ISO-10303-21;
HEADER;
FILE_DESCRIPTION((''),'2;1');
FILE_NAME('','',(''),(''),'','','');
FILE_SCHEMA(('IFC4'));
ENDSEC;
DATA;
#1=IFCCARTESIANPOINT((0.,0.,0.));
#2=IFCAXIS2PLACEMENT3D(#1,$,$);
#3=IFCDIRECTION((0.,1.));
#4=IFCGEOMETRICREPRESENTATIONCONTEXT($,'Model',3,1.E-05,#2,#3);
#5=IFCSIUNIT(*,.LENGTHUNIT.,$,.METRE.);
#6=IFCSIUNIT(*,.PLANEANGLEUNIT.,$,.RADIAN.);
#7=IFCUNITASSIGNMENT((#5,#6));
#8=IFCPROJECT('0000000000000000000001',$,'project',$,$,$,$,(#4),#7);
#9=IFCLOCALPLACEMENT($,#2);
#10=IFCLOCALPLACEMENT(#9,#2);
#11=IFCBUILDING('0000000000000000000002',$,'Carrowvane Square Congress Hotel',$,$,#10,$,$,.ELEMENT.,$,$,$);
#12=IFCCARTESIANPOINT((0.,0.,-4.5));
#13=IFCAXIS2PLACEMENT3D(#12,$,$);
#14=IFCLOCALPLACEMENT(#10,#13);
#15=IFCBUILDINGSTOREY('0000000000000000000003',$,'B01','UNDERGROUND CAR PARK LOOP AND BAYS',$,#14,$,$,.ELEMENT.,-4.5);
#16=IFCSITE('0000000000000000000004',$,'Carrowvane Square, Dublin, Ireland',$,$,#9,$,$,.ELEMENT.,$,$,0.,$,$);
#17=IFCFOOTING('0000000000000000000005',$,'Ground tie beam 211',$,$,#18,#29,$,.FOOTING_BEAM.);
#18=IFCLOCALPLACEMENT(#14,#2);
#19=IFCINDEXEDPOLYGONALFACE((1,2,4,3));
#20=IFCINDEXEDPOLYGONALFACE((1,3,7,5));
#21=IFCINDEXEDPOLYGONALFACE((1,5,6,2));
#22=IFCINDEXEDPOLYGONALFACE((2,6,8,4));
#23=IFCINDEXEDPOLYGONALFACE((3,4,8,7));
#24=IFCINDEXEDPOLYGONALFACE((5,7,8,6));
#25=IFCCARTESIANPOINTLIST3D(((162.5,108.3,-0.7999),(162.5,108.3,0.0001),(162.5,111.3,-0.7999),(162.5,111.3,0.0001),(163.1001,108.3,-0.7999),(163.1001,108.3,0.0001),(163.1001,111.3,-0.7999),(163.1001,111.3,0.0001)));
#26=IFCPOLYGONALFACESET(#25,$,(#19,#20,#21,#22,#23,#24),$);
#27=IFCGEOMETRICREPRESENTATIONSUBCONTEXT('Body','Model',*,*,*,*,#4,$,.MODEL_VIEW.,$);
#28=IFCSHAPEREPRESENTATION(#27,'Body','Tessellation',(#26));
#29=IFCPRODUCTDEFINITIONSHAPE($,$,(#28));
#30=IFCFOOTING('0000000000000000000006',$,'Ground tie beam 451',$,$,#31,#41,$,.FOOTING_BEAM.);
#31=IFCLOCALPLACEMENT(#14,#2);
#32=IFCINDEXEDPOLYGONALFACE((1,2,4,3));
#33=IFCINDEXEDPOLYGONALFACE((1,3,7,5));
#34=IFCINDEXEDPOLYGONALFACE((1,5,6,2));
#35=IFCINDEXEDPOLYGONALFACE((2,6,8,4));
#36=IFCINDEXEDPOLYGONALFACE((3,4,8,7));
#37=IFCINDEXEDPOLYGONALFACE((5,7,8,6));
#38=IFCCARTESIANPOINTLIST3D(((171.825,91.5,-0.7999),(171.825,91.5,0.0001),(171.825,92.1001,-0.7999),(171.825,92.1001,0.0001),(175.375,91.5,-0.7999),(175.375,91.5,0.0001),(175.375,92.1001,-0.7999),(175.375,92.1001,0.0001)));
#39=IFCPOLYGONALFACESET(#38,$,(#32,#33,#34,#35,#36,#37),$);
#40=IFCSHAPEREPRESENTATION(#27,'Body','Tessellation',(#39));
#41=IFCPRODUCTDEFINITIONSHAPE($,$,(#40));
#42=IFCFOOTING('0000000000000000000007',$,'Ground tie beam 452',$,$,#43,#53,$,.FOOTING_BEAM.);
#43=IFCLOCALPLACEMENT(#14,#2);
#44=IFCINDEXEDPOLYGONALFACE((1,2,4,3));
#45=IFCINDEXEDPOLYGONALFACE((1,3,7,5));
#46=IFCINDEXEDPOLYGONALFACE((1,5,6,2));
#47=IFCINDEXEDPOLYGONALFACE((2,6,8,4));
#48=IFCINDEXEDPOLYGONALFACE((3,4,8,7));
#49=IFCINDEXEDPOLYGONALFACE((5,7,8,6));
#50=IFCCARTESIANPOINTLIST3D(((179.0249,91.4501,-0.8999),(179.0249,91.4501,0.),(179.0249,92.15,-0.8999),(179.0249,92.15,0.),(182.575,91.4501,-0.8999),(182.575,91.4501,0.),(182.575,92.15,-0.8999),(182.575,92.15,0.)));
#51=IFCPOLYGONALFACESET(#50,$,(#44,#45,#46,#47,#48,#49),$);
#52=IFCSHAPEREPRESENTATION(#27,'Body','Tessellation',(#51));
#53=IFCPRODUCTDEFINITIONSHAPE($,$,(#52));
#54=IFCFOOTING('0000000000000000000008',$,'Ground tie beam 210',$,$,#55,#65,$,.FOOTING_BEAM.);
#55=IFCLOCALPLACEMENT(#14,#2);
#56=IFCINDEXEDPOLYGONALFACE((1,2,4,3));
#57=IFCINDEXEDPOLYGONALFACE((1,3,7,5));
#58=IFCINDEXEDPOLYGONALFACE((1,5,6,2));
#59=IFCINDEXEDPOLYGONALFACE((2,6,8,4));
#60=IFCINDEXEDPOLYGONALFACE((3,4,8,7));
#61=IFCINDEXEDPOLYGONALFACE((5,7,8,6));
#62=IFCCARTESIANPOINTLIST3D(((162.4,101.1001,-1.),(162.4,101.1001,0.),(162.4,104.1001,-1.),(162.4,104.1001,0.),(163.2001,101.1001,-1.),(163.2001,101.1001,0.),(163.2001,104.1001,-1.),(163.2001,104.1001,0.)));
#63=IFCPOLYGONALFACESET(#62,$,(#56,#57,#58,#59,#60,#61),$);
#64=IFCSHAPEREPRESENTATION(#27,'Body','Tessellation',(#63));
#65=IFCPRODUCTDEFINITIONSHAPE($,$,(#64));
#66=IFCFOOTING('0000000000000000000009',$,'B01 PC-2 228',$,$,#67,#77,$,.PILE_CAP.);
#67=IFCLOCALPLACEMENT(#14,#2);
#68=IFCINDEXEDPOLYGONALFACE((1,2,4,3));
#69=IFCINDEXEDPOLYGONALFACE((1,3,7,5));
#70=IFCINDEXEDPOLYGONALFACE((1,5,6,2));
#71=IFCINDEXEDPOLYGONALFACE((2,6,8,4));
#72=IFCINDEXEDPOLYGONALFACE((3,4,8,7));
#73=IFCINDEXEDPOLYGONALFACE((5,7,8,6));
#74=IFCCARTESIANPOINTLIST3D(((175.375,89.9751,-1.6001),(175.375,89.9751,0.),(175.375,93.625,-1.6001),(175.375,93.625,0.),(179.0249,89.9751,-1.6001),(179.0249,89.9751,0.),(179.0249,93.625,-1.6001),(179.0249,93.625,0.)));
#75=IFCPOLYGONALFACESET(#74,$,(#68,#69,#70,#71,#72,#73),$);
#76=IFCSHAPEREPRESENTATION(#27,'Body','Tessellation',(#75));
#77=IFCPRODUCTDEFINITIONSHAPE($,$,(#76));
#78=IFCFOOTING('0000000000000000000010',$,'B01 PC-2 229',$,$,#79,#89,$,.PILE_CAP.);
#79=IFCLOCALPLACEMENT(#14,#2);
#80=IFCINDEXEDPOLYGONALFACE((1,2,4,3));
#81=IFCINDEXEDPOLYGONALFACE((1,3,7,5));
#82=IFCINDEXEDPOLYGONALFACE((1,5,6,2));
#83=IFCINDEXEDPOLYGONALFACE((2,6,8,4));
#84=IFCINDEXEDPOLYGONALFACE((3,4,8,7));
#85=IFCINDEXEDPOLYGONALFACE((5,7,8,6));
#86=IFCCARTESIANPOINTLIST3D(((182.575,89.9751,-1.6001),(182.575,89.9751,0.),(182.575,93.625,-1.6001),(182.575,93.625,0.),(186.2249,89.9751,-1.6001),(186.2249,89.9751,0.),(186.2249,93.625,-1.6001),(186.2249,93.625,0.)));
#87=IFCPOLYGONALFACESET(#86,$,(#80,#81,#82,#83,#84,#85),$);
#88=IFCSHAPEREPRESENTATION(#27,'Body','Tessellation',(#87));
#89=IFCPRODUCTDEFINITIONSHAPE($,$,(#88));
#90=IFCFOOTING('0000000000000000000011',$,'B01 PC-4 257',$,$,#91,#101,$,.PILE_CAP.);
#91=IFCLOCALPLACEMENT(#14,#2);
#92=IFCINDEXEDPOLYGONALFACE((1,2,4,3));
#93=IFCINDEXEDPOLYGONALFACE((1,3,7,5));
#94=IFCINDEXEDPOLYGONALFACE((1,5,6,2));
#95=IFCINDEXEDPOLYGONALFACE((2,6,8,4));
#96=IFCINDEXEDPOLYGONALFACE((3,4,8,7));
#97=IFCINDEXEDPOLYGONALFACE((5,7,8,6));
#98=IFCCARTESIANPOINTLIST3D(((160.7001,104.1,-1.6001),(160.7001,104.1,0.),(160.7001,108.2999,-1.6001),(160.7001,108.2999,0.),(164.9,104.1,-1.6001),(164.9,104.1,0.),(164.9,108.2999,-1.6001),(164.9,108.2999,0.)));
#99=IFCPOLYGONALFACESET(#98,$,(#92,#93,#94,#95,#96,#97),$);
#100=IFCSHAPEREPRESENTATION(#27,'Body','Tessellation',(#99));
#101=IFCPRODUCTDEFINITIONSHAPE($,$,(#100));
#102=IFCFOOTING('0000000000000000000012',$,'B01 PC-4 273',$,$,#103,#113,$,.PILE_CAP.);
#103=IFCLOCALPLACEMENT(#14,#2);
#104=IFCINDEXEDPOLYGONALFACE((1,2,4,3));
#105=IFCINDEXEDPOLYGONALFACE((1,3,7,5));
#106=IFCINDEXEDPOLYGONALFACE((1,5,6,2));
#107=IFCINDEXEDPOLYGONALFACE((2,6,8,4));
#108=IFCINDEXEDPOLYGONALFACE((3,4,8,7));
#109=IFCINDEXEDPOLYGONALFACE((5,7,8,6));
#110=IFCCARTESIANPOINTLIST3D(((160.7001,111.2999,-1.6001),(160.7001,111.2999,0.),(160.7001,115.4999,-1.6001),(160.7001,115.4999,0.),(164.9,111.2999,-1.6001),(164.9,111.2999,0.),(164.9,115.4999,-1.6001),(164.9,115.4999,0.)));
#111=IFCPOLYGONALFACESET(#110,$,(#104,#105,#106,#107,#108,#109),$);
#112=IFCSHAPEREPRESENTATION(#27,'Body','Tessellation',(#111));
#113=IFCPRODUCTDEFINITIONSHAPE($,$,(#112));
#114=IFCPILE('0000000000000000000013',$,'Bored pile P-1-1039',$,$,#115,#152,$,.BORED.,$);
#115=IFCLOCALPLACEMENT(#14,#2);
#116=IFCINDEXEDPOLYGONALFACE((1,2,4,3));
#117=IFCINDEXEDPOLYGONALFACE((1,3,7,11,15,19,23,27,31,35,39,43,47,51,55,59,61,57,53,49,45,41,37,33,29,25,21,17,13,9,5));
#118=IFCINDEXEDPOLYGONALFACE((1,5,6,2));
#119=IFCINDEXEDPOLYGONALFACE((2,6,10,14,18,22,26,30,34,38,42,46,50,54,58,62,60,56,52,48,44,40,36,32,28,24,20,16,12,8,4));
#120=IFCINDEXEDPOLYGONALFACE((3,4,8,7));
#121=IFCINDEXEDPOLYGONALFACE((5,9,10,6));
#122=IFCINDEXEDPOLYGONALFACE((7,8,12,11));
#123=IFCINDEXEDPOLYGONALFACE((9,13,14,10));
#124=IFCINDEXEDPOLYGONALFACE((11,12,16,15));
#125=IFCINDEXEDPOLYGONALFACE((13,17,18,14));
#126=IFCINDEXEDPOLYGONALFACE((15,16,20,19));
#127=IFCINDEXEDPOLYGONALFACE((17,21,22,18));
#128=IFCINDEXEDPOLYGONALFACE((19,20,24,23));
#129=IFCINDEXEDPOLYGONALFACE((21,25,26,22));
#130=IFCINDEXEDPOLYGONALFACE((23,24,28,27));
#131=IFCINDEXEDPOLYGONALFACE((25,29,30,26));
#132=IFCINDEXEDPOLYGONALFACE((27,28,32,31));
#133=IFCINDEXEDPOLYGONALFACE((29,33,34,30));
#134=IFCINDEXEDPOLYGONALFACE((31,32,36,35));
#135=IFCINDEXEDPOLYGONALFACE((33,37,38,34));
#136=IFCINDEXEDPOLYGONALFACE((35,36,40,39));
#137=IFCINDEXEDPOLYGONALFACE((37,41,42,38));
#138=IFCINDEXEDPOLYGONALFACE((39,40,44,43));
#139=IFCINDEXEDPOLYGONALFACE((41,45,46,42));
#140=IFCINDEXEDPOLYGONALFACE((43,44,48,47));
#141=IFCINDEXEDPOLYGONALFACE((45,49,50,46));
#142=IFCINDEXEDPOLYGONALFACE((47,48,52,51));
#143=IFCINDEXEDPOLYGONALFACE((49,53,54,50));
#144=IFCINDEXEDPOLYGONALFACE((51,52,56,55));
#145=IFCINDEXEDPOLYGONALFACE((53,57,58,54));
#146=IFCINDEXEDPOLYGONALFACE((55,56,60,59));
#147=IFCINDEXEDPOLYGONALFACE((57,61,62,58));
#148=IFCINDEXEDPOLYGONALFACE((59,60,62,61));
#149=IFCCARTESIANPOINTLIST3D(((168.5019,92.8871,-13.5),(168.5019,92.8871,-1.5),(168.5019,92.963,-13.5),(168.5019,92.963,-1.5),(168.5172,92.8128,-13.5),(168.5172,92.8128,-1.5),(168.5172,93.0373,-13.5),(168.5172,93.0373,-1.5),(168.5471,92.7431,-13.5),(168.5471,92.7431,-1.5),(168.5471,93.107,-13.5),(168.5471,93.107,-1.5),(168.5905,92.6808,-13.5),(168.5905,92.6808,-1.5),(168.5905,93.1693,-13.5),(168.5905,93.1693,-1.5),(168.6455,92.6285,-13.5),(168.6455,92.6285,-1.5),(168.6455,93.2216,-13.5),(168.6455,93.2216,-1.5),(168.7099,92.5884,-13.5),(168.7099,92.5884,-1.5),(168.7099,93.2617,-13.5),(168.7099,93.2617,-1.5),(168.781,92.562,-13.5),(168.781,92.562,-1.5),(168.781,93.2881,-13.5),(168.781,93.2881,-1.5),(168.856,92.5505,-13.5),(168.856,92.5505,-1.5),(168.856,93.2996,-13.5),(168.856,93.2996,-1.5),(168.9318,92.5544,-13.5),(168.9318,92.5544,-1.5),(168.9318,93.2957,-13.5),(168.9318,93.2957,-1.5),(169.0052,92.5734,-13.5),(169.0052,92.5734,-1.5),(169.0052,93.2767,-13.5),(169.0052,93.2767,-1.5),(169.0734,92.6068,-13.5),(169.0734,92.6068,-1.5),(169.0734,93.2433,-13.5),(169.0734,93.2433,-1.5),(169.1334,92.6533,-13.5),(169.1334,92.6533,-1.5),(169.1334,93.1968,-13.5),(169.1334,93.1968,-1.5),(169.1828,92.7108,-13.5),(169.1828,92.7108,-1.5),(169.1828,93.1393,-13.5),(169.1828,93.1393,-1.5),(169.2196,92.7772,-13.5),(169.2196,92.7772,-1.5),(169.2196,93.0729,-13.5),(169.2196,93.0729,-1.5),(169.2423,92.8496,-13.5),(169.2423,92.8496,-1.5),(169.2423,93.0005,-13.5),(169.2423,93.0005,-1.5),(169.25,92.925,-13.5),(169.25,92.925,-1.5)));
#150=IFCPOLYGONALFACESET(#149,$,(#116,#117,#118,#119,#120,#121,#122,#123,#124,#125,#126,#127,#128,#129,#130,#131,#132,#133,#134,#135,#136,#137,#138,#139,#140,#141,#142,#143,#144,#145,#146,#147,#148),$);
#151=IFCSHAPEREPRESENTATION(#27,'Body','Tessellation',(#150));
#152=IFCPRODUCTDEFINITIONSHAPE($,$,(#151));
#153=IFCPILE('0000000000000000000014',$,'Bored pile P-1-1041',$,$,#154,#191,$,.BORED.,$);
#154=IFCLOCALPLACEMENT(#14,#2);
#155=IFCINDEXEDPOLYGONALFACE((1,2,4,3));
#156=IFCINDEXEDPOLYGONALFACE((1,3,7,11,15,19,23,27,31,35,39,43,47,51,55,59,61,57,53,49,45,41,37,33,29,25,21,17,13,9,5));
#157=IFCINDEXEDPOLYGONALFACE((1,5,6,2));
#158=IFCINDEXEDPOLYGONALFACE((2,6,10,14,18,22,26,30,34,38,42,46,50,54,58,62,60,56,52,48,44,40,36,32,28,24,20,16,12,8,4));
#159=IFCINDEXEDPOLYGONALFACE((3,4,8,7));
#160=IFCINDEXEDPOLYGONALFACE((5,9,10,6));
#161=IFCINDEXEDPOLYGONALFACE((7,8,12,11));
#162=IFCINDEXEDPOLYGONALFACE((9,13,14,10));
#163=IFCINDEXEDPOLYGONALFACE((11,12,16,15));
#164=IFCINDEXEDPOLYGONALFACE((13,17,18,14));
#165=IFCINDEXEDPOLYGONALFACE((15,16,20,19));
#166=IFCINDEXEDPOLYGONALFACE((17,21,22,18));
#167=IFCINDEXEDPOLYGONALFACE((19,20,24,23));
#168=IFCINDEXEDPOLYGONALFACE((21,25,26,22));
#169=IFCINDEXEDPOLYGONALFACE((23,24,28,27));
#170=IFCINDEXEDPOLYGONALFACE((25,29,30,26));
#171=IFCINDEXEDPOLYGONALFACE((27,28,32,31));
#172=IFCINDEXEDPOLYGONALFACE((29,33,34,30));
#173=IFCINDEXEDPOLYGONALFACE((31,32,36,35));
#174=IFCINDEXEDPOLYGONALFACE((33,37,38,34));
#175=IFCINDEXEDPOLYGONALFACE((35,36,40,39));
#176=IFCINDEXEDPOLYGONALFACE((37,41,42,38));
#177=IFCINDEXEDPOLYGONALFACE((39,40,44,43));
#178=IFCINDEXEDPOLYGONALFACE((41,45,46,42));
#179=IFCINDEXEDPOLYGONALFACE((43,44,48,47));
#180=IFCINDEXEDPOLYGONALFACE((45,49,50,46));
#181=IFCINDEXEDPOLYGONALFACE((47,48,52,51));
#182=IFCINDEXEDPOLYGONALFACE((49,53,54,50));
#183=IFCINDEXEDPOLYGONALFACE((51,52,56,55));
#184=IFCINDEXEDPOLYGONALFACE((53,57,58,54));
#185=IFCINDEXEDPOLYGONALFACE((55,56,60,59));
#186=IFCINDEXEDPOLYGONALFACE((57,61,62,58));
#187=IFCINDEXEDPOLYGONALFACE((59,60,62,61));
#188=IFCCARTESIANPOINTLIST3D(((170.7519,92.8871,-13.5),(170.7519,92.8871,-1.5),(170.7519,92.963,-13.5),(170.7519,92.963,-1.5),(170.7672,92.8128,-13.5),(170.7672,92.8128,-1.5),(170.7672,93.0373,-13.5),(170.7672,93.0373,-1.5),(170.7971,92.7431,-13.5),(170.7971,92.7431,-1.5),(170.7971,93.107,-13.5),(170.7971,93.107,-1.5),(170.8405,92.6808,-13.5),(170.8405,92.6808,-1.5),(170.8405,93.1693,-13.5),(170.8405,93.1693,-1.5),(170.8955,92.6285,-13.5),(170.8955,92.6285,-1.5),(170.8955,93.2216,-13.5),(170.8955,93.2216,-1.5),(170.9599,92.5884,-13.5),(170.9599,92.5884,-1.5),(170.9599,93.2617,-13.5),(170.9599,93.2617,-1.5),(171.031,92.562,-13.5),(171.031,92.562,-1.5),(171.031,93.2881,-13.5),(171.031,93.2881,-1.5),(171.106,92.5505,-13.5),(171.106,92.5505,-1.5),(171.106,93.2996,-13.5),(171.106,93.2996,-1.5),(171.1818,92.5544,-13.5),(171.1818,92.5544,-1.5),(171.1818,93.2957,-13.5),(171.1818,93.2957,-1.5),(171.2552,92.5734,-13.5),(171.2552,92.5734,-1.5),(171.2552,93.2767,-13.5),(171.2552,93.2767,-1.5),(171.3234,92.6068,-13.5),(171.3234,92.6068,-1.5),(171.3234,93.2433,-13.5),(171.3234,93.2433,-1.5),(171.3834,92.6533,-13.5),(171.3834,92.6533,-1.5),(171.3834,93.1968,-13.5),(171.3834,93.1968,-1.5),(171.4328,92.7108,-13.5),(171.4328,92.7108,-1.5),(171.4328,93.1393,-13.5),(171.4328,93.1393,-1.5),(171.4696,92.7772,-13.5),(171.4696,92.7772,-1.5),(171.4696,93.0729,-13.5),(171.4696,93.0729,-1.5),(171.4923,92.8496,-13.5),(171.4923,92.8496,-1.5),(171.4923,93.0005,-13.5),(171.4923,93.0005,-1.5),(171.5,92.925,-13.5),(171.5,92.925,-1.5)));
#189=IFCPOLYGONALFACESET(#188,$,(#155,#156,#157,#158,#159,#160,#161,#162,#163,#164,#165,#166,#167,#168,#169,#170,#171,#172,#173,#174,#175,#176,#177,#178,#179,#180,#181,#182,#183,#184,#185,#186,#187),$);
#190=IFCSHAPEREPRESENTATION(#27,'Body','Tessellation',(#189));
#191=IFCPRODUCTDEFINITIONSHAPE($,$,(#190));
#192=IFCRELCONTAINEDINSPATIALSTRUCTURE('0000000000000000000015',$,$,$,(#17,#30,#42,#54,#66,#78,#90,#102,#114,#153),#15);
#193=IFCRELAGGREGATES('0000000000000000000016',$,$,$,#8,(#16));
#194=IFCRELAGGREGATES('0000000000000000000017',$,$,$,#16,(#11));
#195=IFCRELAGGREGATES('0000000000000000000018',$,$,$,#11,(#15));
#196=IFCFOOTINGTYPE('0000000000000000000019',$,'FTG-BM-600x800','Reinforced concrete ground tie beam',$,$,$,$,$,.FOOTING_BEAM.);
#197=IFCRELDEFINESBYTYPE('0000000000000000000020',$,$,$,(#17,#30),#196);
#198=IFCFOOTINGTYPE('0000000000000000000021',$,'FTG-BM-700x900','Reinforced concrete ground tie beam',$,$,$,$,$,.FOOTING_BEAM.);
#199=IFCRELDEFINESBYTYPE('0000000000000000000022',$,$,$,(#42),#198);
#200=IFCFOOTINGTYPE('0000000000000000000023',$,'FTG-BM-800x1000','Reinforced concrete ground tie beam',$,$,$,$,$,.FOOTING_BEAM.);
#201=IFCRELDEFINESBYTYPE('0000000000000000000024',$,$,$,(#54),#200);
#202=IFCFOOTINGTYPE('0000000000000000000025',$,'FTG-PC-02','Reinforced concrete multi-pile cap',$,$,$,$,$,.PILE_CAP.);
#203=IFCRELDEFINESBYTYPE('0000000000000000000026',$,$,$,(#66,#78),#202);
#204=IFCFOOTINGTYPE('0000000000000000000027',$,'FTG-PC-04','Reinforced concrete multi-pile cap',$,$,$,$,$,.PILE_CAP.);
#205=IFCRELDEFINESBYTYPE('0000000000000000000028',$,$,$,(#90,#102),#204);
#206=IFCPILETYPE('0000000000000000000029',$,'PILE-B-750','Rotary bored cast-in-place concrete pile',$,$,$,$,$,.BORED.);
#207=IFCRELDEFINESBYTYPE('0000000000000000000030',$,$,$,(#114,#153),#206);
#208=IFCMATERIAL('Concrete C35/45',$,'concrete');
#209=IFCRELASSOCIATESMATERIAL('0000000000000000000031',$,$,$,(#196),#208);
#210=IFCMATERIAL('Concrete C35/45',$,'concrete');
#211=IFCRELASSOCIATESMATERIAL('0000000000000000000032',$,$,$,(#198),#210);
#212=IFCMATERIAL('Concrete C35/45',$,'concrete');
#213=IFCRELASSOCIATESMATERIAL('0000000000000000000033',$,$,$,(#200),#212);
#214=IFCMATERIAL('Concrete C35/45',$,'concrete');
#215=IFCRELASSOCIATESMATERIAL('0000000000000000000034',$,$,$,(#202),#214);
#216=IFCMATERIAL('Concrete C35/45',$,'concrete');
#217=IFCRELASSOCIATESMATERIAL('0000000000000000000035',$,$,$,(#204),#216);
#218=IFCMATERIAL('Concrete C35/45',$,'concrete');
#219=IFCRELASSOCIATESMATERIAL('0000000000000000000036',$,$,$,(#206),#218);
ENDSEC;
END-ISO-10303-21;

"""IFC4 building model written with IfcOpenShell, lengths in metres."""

from ifc_helpers import new_model, si_unit, direction, frame, origin, origin_2d, place, context, subcontext, project, spatial, rectangle, circle, extrude, material, material_profile, profile_set, type_object, element, save


model = new_model("IFC4")

# Units and contexts
model_context = context("Model", 3, precision=1e-05, world=origin(), true_north=direction((0.0, 1.0)))
body_context = subcontext(model_context, "Body", "Model", "MODEL_VIEW")
ifc_project = project(units=[si_unit("LENGTHUNIT", "METRE"), si_unit("PLANEANGLEUNIT", "RADIAN")], contexts=[model_context])

# Site, building, storey
site_placement = place(None, origin())
site = spatial("IfcSite", under=ifc_project, at=site_placement, Name="Carrowvane Square, Dublin, Ireland", CompositionType="ELEMENT", RefElevation=0.0)
building_placement = place(site_placement, origin())
building = spatial("IfcBuilding", under=site, at=building_placement, Name="Carrowvane Square Congress Hotel", CompositionType="ELEMENT")
storey_placement = place(building_placement, frame((0.0, 0.0, -4.5)))
storey = spatial("IfcBuildingStorey", under=building, at=storey_placement, Name="B01", Description="UNDERGROUND CAR PARK LOOP AND BAYS", CompositionType="ELEMENT", Elevation=-4.5)

# Footings
ifc_material_1 = material(Name="Concrete C35/45", Category="concrete")
ifc_material_profile_1 = material_profile(ifc_material_1, rectangle(XDim=0.6001, YDim=0.8, at=origin_2d()), Name="RC 600x800")
ifc_profile_set_1 = profile_set([ifc_material_profile_1], Name="Concrete C35/45")
footing_type_1 = type_object("IfcFootingType", Name="FTG-BM-600x800", Description="Reinforced concrete ground tie beam", PredefinedType="FOOTING_BEAM", material=ifc_profile_set_1)
footing_1_placement = place(storey_placement, frame((162.8, 108.3, -0.3999), z_axis=(0.0, 1.0, 0.0), x_axis=(-1.0, 0.0, 0.0)))
element("IfcFooting", 1, at=footing_1_placement, inside=storey, type_object=footing_type_1, Name="Ground tie beam 211", PredefinedType="FOOTING_BEAM", context=body_context, shape_type="SweptSolid", body=[
    extrude(rectangle(XDim=0.6001, YDim=0.8, at=origin_2d()), origin(), (0.0, 0.0, 1.0), 3.0),
])
footing_2_placement = place(storey_placement, frame((171.825, 91.8, -0.3999), z_axis=(1.0, 0.0, 0.0), x_axis=(0.0, 1.0, 0.0)))
element("IfcFooting", 2, at=footing_2_placement, inside=storey, type_object=footing_type_1, Name="Ground tie beam 451", PredefinedType="FOOTING_BEAM", context=body_context, shape_type="SweptSolid", body=[
    extrude(rectangle(XDim=0.6001, YDim=0.8, at=origin_2d()), origin(), (0.0, 0.0, 1.0), 3.55),
])
ifc_material_2 = material(Name="Concrete C35/45", Category="concrete")
ifc_material_profile_2 = material_profile(ifc_material_2, rectangle(XDim=0.7, YDim=0.8999, at=origin_2d()), Name="RC 700x900")
ifc_profile_set_2 = profile_set([ifc_material_profile_2], Name="Concrete C35/45")
footing_type_2 = type_object("IfcFootingType", Name="FTG-BM-700x900", Description="Reinforced concrete ground tie beam", PredefinedType="FOOTING_BEAM", material=ifc_profile_set_2)
footing_3_placement = place(storey_placement, frame((179.0249, 91.8, -0.45), z_axis=(1.0, 0.0, 0.0), x_axis=(0.0, 1.0, 0.0)))
element("IfcFooting", 3, at=footing_3_placement, inside=storey, type_object=footing_type_2, Name="Ground tie beam 452", PredefinedType="FOOTING_BEAM", context=body_context, shape_type="SweptSolid", body=[
    extrude(rectangle(XDim=0.7, YDim=0.8999, at=origin_2d()), origin(), (0.0, 0.0, 1.0), 3.55),
])
ifc_material_3 = material(Name="Concrete C35/45", Category="concrete")
ifc_material_profile_3 = material_profile(ifc_material_3, rectangle(XDim=0.8, YDim=1.0, at=origin_2d()), Name="RC 800x1000")
ifc_profile_set_3 = profile_set([ifc_material_profile_3], Name="Concrete C35/45")
footing_type_3 = type_object("IfcFootingType", Name="FTG-BM-800x1000", Description="Reinforced concrete ground tie beam", PredefinedType="FOOTING_BEAM", material=ifc_profile_set_3)
footing_4_placement = place(storey_placement, frame((162.8, 101.1001, -0.5), z_axis=(0.0, 1.0, 0.0), x_axis=(-1.0, 0.0, 0.0)))
element("IfcFooting", 4, at=footing_4_placement, inside=storey, type_object=footing_type_3, Name="Ground tie beam 210", PredefinedType="FOOTING_BEAM", context=body_context, shape_type="SweptSolid", body=[
    extrude(rectangle(XDim=0.8, YDim=1.0, at=origin_2d()), origin(), (0.0, 0.0, 1.0), 3.0),
])
ifc_material_4 = material(Name="Concrete C35/45", Category="concrete")
footing_type_4 = type_object("IfcFootingType", Name="FTG-PC-02", Description="Reinforced concrete multi-pile cap", PredefinedType="PILE_CAP", material=ifc_material_4)
for number, where, z_axis, x_axis, name in (
    (5, (177.2, 91.8, -1.6001), (0.0, 0.0, 1.0), (1.0, 0.0, 0.0), "B01 PC-2 228"),
    (6, (184.3999, 91.8, -1.6001), (0.0, 0.0, 1.0), (1.0, 0.0, 0.0), "B01 PC-2 229"),
):
    element("IfcFooting", number, at=place(storey_placement, frame(where, z_axis=z_axis, x_axis=x_axis)), inside=storey, type_object=footing_type_4, Name=name, PredefinedType="PILE_CAP", context=body_context, shape_type="SweptSolid", body=[
        extrude(rectangle(XDim=3.6499, YDim=3.6499, at=origin_2d()), origin(), (0.0, 0.0, 1.0), 1.6001),
    ])
ifc_material_5 = material(Name="Concrete C35/45", Category="concrete")
footing_type_5 = type_object("IfcFootingType", Name="FTG-PC-04", Description="Reinforced concrete multi-pile cap", PredefinedType="PILE_CAP", material=ifc_material_5)
for number, where, z_axis, x_axis, name in (
    (7, (162.8, 106.2, -1.6001), (0.0, 0.0, 1.0), (1.0, 0.0, 0.0), "B01 PC-4 257"),
    (8, (162.8, 113.3999, -1.6001), (0.0, 0.0, 1.0), (1.0, 0.0, 0.0), "B01 PC-4 273"),
):
    element("IfcFooting", number, at=place(storey_placement, frame(where, z_axis=z_axis, x_axis=x_axis)), inside=storey, type_object=footing_type_5, Name=name, PredefinedType="PILE_CAP", context=body_context, shape_type="SweptSolid", body=[
        extrude(rectangle(XDim=4.2, YDim=4.2, at=origin_2d()), origin(), (0.0, 0.0, 1.0), 1.6001),
    ])

# Piles
ifc_material_6 = material(Name="Concrete C35/45", Category="concrete")
ifc_material_profile_4 = material_profile(ifc_material_6, circle(Radius=0.375, at=origin_2d()), Name="PILE D750")
ifc_profile_set_4 = profile_set([ifc_material_profile_4], Name="Concrete C35/45")
pile_type_1 = type_object("IfcPileType", Name="PILE-B-750", Description="Rotary bored cast-in-place concrete pile", PredefinedType="BORED", material=ifc_profile_set_4)
for number, where, z_axis, x_axis, name in (
    (9, (168.875, 92.925, -1.5), (0.0, 0.0, -1.0), (1.0, 0.0, 0.0), "Bored pile P-1-1039"),
    (10, (171.125, 92.925, -1.5), (0.0, 0.0, -1.0), (1.0, 0.0, 0.0), "Bored pile P-1-1041"),
):
    element("IfcPile", number, at=place(storey_placement, frame(where, z_axis=z_axis, x_axis=x_axis)), inside=storey, type_object=pile_type_1, Name=name, PredefinedType="BORED", context=body_context, shape_type="SweptSolid", body=[
        extrude(circle(Radius=0.375, at=origin_2d()), origin(), (0.0, 0.0, 1.0), 12.0),
    ])

save(model, "model.ifc")
